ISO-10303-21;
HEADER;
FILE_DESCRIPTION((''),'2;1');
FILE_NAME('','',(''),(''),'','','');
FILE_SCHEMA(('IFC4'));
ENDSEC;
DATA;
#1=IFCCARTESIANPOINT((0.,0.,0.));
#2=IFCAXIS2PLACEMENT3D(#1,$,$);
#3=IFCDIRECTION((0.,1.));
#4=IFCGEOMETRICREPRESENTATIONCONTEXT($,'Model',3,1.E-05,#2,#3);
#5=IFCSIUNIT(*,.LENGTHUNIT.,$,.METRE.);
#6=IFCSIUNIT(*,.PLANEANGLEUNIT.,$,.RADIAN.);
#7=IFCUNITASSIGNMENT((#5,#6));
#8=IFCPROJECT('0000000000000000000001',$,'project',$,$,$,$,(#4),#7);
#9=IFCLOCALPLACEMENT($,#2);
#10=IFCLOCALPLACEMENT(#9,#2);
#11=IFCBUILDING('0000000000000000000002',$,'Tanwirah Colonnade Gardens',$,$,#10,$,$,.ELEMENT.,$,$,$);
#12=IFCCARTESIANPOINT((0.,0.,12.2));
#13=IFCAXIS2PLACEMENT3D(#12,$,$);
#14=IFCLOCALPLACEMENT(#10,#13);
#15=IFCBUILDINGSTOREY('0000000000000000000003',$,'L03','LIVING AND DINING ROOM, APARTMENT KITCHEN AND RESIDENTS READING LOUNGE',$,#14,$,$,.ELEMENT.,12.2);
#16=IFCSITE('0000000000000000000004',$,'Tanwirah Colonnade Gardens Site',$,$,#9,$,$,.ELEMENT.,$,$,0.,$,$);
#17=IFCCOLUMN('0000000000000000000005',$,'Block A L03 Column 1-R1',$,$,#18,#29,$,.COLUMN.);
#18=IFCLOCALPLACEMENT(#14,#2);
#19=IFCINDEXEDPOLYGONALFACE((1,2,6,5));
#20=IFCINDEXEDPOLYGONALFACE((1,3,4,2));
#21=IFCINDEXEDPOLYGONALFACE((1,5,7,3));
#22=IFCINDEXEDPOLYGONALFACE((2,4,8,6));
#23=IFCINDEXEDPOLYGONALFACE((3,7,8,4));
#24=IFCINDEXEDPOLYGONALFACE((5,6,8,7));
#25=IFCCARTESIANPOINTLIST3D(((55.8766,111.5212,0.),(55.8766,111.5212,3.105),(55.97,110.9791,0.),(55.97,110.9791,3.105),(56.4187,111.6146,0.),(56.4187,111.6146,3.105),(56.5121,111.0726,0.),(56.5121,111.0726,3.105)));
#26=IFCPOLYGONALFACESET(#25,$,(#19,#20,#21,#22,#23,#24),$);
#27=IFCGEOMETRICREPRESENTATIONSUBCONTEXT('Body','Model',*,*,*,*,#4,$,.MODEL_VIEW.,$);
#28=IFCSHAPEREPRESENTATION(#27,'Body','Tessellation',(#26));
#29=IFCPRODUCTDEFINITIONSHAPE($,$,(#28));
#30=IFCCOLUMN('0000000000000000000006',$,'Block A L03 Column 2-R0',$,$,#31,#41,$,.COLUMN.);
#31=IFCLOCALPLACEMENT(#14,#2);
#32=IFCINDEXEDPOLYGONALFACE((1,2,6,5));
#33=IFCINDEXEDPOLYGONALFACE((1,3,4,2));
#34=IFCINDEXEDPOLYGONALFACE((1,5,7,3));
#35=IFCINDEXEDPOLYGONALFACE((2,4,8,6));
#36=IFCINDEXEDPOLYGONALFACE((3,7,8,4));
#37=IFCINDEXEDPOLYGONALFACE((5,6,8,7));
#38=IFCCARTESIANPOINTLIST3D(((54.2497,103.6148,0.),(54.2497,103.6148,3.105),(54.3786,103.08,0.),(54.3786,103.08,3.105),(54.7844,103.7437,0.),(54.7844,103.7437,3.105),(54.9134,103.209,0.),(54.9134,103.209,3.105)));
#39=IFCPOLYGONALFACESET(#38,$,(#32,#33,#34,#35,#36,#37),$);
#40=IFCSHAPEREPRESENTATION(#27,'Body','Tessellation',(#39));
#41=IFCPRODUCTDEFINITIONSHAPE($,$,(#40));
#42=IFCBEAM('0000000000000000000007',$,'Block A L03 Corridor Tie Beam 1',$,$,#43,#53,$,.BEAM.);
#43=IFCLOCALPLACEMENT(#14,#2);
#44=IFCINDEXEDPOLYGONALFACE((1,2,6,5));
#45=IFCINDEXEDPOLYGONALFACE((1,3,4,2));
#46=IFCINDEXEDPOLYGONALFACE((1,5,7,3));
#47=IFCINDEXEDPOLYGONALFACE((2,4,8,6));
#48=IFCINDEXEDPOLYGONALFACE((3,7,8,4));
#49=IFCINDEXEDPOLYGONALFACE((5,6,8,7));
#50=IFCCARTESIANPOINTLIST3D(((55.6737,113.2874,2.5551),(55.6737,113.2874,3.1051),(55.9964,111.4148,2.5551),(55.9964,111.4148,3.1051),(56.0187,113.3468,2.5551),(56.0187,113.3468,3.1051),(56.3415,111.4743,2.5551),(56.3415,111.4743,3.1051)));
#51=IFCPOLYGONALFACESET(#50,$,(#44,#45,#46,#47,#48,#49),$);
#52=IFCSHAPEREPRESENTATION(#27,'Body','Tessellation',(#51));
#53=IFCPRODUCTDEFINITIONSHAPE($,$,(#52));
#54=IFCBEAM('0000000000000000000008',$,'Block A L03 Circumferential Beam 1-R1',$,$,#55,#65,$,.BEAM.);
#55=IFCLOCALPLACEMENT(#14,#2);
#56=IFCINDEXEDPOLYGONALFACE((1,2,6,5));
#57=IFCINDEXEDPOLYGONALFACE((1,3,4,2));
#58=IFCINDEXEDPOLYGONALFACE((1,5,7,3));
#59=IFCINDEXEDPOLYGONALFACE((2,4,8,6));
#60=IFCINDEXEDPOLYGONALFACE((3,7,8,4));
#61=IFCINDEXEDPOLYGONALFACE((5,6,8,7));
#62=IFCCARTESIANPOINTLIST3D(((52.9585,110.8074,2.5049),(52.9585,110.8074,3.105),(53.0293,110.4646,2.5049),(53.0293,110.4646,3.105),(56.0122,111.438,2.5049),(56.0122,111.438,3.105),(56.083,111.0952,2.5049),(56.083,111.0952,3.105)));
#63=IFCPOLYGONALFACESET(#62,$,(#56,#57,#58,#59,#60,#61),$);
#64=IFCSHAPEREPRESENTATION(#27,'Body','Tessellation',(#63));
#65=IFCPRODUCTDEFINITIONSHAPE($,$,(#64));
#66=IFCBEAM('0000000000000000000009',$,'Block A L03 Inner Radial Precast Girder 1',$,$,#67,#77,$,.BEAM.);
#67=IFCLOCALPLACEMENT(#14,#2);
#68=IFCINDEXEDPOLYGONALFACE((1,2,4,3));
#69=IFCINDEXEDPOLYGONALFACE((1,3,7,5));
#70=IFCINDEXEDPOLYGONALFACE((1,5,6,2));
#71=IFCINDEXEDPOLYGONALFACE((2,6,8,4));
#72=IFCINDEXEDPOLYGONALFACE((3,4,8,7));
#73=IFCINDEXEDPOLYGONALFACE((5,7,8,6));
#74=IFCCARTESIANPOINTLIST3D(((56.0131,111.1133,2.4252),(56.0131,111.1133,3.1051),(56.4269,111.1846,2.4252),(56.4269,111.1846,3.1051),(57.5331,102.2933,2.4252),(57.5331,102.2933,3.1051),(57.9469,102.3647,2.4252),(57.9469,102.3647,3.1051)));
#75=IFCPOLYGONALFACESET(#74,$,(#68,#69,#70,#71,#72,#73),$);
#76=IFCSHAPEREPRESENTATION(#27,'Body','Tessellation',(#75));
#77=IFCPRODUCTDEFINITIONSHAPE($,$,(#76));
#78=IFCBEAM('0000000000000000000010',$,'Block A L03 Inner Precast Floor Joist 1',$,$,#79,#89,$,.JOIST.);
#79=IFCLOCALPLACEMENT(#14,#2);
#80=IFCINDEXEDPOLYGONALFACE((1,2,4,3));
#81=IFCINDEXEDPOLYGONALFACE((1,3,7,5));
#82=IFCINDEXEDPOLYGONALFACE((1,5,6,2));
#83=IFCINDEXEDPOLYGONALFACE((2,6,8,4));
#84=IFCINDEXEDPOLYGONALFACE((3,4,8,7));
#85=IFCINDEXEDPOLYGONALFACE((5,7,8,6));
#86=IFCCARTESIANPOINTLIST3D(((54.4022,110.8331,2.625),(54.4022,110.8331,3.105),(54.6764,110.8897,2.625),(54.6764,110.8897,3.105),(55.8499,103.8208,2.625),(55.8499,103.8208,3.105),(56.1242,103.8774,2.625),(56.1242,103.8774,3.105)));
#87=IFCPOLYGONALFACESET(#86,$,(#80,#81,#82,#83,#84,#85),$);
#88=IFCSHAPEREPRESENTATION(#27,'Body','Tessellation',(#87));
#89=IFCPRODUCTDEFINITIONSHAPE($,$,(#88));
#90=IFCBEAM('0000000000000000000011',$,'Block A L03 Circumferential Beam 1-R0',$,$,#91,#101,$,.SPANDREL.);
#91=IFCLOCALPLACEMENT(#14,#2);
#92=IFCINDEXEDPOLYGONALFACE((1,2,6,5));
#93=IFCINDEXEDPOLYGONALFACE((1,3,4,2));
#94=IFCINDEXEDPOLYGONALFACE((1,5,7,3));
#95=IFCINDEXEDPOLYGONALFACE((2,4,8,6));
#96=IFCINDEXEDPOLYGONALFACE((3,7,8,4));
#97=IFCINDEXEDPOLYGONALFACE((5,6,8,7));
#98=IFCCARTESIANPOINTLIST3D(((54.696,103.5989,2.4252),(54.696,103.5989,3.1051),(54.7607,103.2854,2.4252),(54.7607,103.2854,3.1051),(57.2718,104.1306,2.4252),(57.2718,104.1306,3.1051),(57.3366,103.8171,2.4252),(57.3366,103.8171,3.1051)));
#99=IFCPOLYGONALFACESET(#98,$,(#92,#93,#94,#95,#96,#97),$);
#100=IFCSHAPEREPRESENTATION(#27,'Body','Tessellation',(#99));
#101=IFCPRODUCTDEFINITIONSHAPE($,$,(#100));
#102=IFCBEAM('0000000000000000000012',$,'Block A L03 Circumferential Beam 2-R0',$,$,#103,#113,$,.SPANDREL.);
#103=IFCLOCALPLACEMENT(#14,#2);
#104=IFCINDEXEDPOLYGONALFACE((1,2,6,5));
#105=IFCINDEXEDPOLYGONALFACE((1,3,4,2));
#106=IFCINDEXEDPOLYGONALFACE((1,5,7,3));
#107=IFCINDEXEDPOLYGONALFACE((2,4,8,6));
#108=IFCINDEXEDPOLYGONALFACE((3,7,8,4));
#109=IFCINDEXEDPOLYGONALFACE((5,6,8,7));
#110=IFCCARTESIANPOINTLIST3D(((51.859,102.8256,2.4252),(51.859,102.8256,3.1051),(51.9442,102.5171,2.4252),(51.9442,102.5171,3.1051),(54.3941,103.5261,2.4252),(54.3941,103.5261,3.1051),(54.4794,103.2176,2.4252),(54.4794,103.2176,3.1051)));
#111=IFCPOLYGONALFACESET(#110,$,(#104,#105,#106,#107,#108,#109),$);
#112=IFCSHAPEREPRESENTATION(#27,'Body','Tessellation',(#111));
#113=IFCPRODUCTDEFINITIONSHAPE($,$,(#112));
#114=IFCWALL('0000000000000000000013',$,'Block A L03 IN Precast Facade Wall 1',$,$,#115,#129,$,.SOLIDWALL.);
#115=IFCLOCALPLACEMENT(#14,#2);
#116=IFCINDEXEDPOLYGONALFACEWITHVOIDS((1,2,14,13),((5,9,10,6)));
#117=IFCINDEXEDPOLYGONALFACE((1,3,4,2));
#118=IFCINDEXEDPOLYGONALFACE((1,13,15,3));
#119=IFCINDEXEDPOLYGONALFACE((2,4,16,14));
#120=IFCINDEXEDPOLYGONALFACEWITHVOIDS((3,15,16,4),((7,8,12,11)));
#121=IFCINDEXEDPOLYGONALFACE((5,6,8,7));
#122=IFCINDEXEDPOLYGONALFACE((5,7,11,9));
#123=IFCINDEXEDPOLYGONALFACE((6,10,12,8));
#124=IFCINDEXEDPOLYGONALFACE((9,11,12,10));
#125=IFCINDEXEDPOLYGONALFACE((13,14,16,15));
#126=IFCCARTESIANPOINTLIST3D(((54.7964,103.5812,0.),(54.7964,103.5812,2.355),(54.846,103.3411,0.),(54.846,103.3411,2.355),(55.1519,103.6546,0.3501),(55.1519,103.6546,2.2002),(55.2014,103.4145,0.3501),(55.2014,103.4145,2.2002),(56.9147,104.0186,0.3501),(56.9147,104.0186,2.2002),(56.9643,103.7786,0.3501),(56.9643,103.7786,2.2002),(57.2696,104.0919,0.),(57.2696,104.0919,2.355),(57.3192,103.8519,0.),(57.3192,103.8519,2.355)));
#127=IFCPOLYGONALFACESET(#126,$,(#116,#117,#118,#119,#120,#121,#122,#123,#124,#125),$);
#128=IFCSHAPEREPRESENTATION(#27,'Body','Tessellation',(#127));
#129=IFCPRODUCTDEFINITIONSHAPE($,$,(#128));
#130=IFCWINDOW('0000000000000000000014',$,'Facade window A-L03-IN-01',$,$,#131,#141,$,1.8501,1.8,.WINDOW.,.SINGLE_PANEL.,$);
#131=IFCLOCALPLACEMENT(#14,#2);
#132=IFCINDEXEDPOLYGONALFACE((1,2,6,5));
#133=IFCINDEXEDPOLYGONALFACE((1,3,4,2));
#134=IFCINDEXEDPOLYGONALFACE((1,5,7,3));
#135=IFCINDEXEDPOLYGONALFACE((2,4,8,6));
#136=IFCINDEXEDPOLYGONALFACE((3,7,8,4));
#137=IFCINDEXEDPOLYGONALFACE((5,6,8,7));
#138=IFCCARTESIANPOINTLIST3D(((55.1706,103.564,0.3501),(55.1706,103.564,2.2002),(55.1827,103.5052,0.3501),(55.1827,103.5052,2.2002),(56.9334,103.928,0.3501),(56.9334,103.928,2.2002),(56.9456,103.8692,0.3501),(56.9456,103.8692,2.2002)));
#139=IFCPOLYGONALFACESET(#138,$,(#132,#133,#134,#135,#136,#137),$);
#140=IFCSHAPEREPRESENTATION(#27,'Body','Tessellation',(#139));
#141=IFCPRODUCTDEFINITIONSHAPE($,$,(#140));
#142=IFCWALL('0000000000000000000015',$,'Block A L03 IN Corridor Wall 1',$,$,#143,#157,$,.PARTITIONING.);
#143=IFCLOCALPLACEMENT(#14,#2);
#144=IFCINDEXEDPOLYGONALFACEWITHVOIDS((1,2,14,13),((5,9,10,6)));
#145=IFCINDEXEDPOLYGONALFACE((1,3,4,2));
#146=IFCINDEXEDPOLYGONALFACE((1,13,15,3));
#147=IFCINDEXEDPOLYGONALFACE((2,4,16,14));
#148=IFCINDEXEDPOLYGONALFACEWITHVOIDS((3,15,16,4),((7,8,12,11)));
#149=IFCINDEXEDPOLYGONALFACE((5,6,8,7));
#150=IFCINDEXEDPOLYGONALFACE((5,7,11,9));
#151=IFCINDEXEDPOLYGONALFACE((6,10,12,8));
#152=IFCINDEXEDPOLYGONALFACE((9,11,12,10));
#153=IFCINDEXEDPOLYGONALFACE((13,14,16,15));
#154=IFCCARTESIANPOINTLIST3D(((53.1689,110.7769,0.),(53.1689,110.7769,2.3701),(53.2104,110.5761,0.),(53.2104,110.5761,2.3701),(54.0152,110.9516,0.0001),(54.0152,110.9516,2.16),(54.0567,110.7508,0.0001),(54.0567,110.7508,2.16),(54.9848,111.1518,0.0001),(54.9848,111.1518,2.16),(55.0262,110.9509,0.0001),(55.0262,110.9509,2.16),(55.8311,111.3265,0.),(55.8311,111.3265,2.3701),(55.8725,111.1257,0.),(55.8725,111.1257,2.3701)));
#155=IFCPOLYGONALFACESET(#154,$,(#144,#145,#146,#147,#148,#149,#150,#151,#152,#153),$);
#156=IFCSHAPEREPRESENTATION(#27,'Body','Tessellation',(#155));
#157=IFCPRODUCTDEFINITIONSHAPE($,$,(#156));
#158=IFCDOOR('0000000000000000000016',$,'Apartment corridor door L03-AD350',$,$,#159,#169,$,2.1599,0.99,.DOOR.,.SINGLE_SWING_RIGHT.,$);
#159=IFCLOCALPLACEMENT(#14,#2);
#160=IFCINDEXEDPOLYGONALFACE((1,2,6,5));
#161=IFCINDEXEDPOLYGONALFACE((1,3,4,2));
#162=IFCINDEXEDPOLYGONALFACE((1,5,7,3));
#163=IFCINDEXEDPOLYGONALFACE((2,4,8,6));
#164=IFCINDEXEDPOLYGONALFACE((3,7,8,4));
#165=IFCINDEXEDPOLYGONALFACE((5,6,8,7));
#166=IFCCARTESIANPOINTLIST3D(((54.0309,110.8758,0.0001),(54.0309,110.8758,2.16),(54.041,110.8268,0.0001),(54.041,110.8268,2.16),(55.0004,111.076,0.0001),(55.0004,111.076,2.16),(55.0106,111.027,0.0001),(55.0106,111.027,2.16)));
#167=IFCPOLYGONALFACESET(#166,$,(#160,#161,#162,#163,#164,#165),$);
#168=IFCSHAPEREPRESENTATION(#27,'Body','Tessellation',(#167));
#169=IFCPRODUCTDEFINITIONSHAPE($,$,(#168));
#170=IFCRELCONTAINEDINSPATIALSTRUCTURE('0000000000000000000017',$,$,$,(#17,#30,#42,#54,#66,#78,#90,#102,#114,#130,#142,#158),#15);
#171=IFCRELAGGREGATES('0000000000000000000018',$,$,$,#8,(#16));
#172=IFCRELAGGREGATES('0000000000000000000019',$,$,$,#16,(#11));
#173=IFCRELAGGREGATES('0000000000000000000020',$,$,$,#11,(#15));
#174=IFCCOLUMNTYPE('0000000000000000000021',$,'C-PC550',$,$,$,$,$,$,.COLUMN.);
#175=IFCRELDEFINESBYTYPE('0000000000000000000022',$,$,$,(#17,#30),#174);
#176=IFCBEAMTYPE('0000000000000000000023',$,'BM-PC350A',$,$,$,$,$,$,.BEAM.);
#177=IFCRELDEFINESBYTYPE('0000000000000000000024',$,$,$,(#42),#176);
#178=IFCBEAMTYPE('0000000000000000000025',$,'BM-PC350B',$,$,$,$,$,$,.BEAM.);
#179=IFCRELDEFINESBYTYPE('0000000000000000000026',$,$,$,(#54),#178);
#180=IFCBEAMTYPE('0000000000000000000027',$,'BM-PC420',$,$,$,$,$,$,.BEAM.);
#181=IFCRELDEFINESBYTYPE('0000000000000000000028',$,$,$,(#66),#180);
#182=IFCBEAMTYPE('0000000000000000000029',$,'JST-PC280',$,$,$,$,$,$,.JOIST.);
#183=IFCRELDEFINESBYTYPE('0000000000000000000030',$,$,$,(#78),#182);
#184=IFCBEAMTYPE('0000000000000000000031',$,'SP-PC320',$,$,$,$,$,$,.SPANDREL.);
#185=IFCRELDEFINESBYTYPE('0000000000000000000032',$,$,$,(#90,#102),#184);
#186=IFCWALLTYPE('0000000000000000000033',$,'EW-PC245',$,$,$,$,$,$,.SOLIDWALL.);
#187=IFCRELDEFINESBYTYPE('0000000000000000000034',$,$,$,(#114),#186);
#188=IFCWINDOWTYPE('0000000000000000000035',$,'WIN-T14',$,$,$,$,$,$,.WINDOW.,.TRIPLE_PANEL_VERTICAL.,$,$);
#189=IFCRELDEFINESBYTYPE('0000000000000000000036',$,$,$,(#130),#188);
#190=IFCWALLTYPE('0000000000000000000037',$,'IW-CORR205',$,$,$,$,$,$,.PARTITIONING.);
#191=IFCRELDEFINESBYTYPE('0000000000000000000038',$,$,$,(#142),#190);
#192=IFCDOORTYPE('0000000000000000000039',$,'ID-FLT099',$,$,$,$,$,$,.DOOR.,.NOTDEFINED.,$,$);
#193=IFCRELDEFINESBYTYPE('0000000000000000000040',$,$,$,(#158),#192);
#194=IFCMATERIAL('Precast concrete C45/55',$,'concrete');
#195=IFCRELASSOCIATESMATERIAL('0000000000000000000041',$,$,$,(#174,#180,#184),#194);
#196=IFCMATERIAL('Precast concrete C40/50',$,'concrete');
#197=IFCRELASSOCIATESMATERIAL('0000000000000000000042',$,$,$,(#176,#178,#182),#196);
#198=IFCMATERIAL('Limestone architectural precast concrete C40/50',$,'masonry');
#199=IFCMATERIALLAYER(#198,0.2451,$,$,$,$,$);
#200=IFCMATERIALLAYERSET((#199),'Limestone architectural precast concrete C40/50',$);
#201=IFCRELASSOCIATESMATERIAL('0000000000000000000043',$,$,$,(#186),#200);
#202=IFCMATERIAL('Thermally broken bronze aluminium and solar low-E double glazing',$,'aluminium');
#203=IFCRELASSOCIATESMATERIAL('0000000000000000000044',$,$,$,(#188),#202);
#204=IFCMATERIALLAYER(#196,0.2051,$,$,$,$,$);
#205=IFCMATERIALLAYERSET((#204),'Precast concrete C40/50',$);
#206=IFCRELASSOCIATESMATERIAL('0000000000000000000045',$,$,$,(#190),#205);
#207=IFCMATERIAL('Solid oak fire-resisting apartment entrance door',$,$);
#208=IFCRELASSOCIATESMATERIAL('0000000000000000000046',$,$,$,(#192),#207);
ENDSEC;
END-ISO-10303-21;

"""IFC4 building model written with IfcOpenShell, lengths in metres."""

from ifc_helpers import new_model, si_unit, direction, frame, frame_2d, origin, origin_2d, place, context, subcontext, project, spatial, rectangle, extrude, material, layer, layer_set, material_profile, profile_set, type_object, element, fill, save


model = new_model("IFC4")

# Units and contexts
model_context = context("Model", 3, precision=1e-05, world=origin(), true_north=direction((0.0, 1.0)))
body_context = subcontext(model_context, "Body", "Model", "MODEL_VIEW")
ifc_project = project(units=[si_unit("LENGTHUNIT", "METRE"), si_unit("PLANEANGLEUNIT", "RADIAN")], contexts=[model_context])

# Site, building, storey
site_placement = place(None, origin())
site = spatial("IfcSite", under=ifc_project, at=site_placement, Name="Tanwirah Colonnade Gardens Site", CompositionType="ELEMENT", RefElevation=0.0)
building_placement = place(site_placement, origin())
building = spatial("IfcBuilding", under=site, at=building_placement, Name="Tanwirah Colonnade Gardens", CompositionType="ELEMENT")
storey_placement = place(building_placement, frame((0.0, 0.0, 12.2)))
storey = spatial("IfcBuildingStorey", under=building, at=storey_placement, Name="L03", Description="LIVING AND DINING ROOM, APARTMENT KITCHEN AND RESIDENTS READING LOUNGE", CompositionType="ELEMENT", Elevation=12.2)

# Columns
ifc_material_1 = material(Name="Precast concrete C45/55", Category="concrete")
ifc_material_profile_1 = material_profile(ifc_material_1, rectangle(XDim=0.55, YDim=0.55, at=origin_2d()), Name="PC-COL 550x550")
ifc_profile_set_1 = profile_set([ifc_material_profile_1], Name="Precast concrete C45/55")
column_type = type_object("IfcColumnType", Name="C-PC550", PredefinedType="COLUMN", material=ifc_profile_set_1)
for number, where, z_axis, x_axis, name in (
    (1, (56.1943, 111.2969, 0.0), (0.0, 0.0, 1.0), (-0.169827, 0.985474, 0.0), "Block A L03 Column 1-R1"),
    (2, (54.5815, 103.4119, 0.0), (0.0, 0.0, 1.0), (-0.234388, 0.972143, 0.0), "Block A L03 Column 2-R0"),
):
    element("IfcColumn", number, at=place(storey_placement, frame(where, z_axis=z_axis, x_axis=x_axis)), inside=storey, type_object=column_type, Name=name, PredefinedType="COLUMN", context=body_context, shape_type="SweptSolid", body=[
        extrude(rectangle(XDim=0.55, YDim=0.55, at=origin_2d()), origin(), (0.0, 0.0, 1.0), 3.105),
    ])

# Beams
ifc_material_2 = material(Name="Precast concrete C40/50", Category="concrete")
ifc_material_profile_2 = material_profile(ifc_material_2, rectangle(XDim=0.3501, YDim=0.55, at=origin_2d()), Name="PC-BM 350x550")
ifc_profile_set_2 = profile_set([ifc_material_profile_2], Name="Precast concrete C40/50")
beam_type_1 = type_object("IfcBeamType", Name="BM-PC350A", PredefinedType="BEAM", material=ifc_profile_set_2)
beam_1_placement = place(storey_placement, frame((56.1689, 111.4446, 2.8301), z_axis=(-0.169855, 0.985469, 0.0), x_axis=(-0.985469, -0.169855, 0.0)))
element("IfcBeam", 3, at=beam_1_placement, inside=storey, type_object=beam_type_1, Name="Block A L03 Corridor Tie Beam 1", PredefinedType="BEAM", context=body_context, shape_type="SweptSolid", body=[
    extrude(rectangle(XDim=0.3501, YDim=0.55, at=origin_2d()), origin(), (0.0, 0.0, 1.0), 1.9001),
])
ifc_material_profile_3 = material_profile(ifc_material_2, rectangle(XDim=0.3501, YDim=0.6001, at=origin_2d()), Name="PC-BM 350x600")
ifc_profile_set_3 = profile_set([ifc_material_profile_3], Name="Precast concrete C40/50")
beam_type_2 = type_object("IfcBeamType", Name="BM-PC350B", PredefinedType="BEAM", material=ifc_profile_set_3)
beam_2_placement = place(storey_placement, frame((56.0476, 111.2666, 2.8049), z_axis=(-0.979336, -0.202241, 0.0), x_axis=(0.202241, -0.979336, 0.0)))
element("IfcBeam", 4, at=beam_2_placement, inside=storey, type_object=beam_type_2, Name="Block A L03 Circumferential Beam 1-R1", PredefinedType="BEAM", context=body_context, shape_type="SweptSolid", body=[
    extrude(rectangle(XDim=0.3501, YDim=0.6001, at=origin_2d()), origin(), (0.0, 0.0, 1.0), 3.1182),
])
ifc_material_profile_4 = material_profile(ifc_material_1, rectangle(XDim=0.4199, YDim=0.6799, at=origin_2d()), Name="PC-BM 420x680")
ifc_profile_set_4 = profile_set([ifc_material_profile_4], Name="Precast concrete C45/55")
beam_type_3 = type_object("IfcBeamType", Name="BM-PC420", PredefinedType="BEAM", material=ifc_profile_set_4)
beam_3_placement = place(storey_placement, frame((56.22, 111.1489, 2.7651), z_axis=(0.169837, -0.985472, 0.0), x_axis=(0.985472, 0.169837, 0.0)))
element("IfcBeam", 5, at=beam_3_placement, inside=storey, type_object=beam_type_3, Name="Block A L03 Inner Radial Precast Girder 1", PredefinedType="BEAM", context=body_context, shape_type="SweptSolid", body=[
    extrude(rectangle(XDim=0.4199, YDim=0.6799, at=origin_2d()), origin(), (0.0, 0.0, 1.0), 8.95),
])
ifc_material_profile_5 = material_profile(ifc_material_2, rectangle(XDim=0.28, YDim=0.48, at=origin_2d()), Name="PC-JST 280x480")
ifc_profile_set_5 = profile_set([ifc_material_profile_5], Name="Precast concrete C40/50")
beam_type_4 = type_object("IfcBeamType", Name="JST-PC280", PredefinedType="JOIST", material=ifc_profile_set_5)
beam_4_placement = place(storey_placement, frame((55.9871, 103.8491, 2.865), z_axis=(-0.202197, 0.979345, 0.0), x_axis=(-0.979345, -0.202197, 0.0)))
element("IfcBeam", 6, at=beam_4_placement, inside=storey, type_object=beam_type_4, Name="Block A L03 Inner Precast Floor Joist 1", PredefinedType="JOIST", context=body_context, shape_type="SweptSolid", body=[
    extrude(rectangle(XDim=0.28, YDim=0.48, at=origin_2d()), origin(), (0.0, 0.0, 1.0), 7.1602),
])
ifc_material_profile_6 = material_profile(ifc_material_1, rectangle(XDim=0.3201, YDim=0.6799, at=origin_2d()), Name="PC-SP 320x680")
ifc_profile_set_6 = profile_set([ifc_material_profile_6], Name="Precast concrete C45/55")
beam_type_5 = type_object("IfcBeamType", Name="SP-PC320", PredefinedType="SPANDREL", material=ifc_profile_set_6)
for number, where, z_axis, x_axis, name in (
    (7, (57.3042, 103.9739, 2.7651), (-0.979352, -0.202164, 0.0), (0.202164, -0.979352, 0.0), "Block A L03 Circumferential Beam 1-R0"),
    (8, (54.4368, 103.3718, 2.7651), (-0.963887, -0.266313, 0.0), (0.266313, -0.963887, 0.0), "Block A L03 Circumferential Beam 2-R0"),
):
    element("IfcBeam", number, at=place(storey_placement, frame(where, z_axis=z_axis, x_axis=x_axis)), inside=storey, type_object=beam_type_5, Name=name, PredefinedType="SPANDREL", context=body_context, shape_type="SweptSolid", body=[
        extrude(rectangle(XDim=0.3201, YDim=0.6799, at=origin_2d()), origin(), (0.0, 0.0, 1.0), 2.6301),
    ])

# Wall, opening, window
ifc_material_3 = material(Name="Limestone architectural precast concrete C40/50", Category="masonry")
ifc_layer_1 = layer(ifc_material_3, 0.2451)
ifc_layer_set_1 = layer_set([ifc_layer_1], Name="Limestone architectural precast concrete C40/50")
wall_type_1 = type_object("IfcWallType", Name="EW-PC245", PredefinedType="SOLIDWALL", material=ifc_layer_set_1)
wall_1_placement = place(storey_placement, frame((57.2944, 103.9719, 0.0), z_axis=(0.0, 0.0, 1.0), x_axis=(-0.979334, -0.202248, 0.0)))
wall_1 = element("IfcWall", 9, at=wall_1_placement, inside=storey, type_object=wall_type_1, Name="Block A L03 IN Precast Facade Wall 1", PredefinedType="SOLIDWALL", context=body_context, shape_type="SweptSolid", body=[
    extrude(rectangle(XDim=2.5254, YDim=0.2451, at=frame_2d((1.2627, 0.0))), origin(), (0.0, 0.0, 1.0), 2.355),
])
opening_1_placement = place(wall_1_placement, frame((0.3625, 0.0, 0.3501)))
opening_1 = element("IfcOpeningElement", 10, at=opening_1_placement, cuts=wall_1, PredefinedType="OPENING", context=body_context, shape_type="SweptSolid", body=[
    extrude(rectangle(XDim=1.8, YDim=1.8501, at=frame_2d((0.8999, 0.925))), frame((0.0, 0.1326, 0.0), z_axis=(0.0, -1.0, 0.0), x_axis=(1.0, 0.0, 0.0)), (0.0, 0.0, 1.0), 0.2651),
])
ifc_material_4 = material(Name="Thermally broken bronze aluminium and solar low-E double glazing", Category="aluminium")
window_type = type_object("IfcWindowType", Name="WIN-T14", PartitioningType="TRIPLE_PANEL_VERTICAL", PredefinedType="WINDOW", material=ifc_material_4)
window_placement = place(opening_1_placement, origin())
window = element("IfcWindow", 11, at=window_placement, inside=storey, type_object=window_type, Name="Facade window A-L03-IN-01", OverallHeight=1.8501, OverallWidth=1.8, PartitioningType="SINGLE_PANEL", PredefinedType="WINDOW", context=body_context, shape_type="SweptSolid", body=[
    extrude(rectangle(XDim=1.8, YDim=1.8501, at=frame_2d((0.8999, 0.925))), frame((0.0, 0.03, 0.0), z_axis=(0.0, -1.0, 0.0), x_axis=(1.0, 0.0, 0.0)), (0.0, 0.0, 1.0), 0.0601),
])
fill(opening_1, window)

# Wall, opening, door
ifc_layer_2 = layer(ifc_material_2, 0.2051)
ifc_layer_set_2 = layer_set([ifc_layer_2], Name="Precast concrete C40/50")
wall_type_2 = type_object("IfcWallType", Name="IW-CORR205", PredefinedType="PARTITIONING", material=ifc_layer_set_2)
wall_2_placement = place(storey_placement, frame((55.8518, 111.2261, 0.0), z_axis=(0.0, 0.0, 1.0), x_axis=(-0.979349, -0.202175, 0.0)))
wall_2 = element("IfcWall", 12, at=wall_2_placement, inside=storey, type_object=wall_type_2, Name="Block A L03 IN Corridor Wall 1", PredefinedType="PARTITIONING", context=body_context, shape_type="SweptSolid", body=[
    extrude(rectangle(XDim=2.7183, YDim=0.2051, at=frame_2d((1.3591, 0.0))), origin(), (0.0, 0.0, 1.0), 2.3701),
])
opening_2_placement = place(wall_2_placement, frame((0.864, 0.0, 0.0)))
opening_2 = element("IfcOpeningElement", 13, at=opening_2_placement, cuts=wall_2, PredefinedType="OPENING", context=body_context, shape_type="SweptSolid", body=[
    extrude(rectangle(XDim=0.99, YDim=2.1599, at=frame_2d((0.4951, 1.0801))), frame((0.0, 0.1125, 0.0), z_axis=(0.0, -1.0, 0.0), x_axis=(1.0, 0.0, 0.0)), (0.0, 0.0, 1.0), 0.2251),
])
ifc_material_5 = material(Name="Solid oak fire-resisting apartment entrance door")
door_type_1 = type_object("IfcDoorType", Name="ID-FLT099", OperationType="NOTDEFINED", PredefinedType="DOOR", material=ifc_material_5)
door_1_placement = place(opening_2_placement, origin())
door_1 = element("IfcDoor", 14, at=door_1_placement, inside=storey, type_object=door_type_1, Name="Apartment corridor door L03-AD350", OperationType="SINGLE_SWING_RIGHT", OverallHeight=2.1599, OverallWidth=0.99, PredefinedType="DOOR", context=body_context, shape_type="SweptSolid", body=[
    extrude(rectangle(XDim=0.99, YDim=2.1599, at=frame_2d((0.4951, 1.0801))), frame((0.0, 0.0249, 0.0), z_axis=(0.0, -1.0, 0.0), x_axis=(1.0, 0.0, 0.0)), (0.0, 0.0, 1.0), 0.05),
])
fill(opening_2, door_1)

save(model, "model.ifc")
